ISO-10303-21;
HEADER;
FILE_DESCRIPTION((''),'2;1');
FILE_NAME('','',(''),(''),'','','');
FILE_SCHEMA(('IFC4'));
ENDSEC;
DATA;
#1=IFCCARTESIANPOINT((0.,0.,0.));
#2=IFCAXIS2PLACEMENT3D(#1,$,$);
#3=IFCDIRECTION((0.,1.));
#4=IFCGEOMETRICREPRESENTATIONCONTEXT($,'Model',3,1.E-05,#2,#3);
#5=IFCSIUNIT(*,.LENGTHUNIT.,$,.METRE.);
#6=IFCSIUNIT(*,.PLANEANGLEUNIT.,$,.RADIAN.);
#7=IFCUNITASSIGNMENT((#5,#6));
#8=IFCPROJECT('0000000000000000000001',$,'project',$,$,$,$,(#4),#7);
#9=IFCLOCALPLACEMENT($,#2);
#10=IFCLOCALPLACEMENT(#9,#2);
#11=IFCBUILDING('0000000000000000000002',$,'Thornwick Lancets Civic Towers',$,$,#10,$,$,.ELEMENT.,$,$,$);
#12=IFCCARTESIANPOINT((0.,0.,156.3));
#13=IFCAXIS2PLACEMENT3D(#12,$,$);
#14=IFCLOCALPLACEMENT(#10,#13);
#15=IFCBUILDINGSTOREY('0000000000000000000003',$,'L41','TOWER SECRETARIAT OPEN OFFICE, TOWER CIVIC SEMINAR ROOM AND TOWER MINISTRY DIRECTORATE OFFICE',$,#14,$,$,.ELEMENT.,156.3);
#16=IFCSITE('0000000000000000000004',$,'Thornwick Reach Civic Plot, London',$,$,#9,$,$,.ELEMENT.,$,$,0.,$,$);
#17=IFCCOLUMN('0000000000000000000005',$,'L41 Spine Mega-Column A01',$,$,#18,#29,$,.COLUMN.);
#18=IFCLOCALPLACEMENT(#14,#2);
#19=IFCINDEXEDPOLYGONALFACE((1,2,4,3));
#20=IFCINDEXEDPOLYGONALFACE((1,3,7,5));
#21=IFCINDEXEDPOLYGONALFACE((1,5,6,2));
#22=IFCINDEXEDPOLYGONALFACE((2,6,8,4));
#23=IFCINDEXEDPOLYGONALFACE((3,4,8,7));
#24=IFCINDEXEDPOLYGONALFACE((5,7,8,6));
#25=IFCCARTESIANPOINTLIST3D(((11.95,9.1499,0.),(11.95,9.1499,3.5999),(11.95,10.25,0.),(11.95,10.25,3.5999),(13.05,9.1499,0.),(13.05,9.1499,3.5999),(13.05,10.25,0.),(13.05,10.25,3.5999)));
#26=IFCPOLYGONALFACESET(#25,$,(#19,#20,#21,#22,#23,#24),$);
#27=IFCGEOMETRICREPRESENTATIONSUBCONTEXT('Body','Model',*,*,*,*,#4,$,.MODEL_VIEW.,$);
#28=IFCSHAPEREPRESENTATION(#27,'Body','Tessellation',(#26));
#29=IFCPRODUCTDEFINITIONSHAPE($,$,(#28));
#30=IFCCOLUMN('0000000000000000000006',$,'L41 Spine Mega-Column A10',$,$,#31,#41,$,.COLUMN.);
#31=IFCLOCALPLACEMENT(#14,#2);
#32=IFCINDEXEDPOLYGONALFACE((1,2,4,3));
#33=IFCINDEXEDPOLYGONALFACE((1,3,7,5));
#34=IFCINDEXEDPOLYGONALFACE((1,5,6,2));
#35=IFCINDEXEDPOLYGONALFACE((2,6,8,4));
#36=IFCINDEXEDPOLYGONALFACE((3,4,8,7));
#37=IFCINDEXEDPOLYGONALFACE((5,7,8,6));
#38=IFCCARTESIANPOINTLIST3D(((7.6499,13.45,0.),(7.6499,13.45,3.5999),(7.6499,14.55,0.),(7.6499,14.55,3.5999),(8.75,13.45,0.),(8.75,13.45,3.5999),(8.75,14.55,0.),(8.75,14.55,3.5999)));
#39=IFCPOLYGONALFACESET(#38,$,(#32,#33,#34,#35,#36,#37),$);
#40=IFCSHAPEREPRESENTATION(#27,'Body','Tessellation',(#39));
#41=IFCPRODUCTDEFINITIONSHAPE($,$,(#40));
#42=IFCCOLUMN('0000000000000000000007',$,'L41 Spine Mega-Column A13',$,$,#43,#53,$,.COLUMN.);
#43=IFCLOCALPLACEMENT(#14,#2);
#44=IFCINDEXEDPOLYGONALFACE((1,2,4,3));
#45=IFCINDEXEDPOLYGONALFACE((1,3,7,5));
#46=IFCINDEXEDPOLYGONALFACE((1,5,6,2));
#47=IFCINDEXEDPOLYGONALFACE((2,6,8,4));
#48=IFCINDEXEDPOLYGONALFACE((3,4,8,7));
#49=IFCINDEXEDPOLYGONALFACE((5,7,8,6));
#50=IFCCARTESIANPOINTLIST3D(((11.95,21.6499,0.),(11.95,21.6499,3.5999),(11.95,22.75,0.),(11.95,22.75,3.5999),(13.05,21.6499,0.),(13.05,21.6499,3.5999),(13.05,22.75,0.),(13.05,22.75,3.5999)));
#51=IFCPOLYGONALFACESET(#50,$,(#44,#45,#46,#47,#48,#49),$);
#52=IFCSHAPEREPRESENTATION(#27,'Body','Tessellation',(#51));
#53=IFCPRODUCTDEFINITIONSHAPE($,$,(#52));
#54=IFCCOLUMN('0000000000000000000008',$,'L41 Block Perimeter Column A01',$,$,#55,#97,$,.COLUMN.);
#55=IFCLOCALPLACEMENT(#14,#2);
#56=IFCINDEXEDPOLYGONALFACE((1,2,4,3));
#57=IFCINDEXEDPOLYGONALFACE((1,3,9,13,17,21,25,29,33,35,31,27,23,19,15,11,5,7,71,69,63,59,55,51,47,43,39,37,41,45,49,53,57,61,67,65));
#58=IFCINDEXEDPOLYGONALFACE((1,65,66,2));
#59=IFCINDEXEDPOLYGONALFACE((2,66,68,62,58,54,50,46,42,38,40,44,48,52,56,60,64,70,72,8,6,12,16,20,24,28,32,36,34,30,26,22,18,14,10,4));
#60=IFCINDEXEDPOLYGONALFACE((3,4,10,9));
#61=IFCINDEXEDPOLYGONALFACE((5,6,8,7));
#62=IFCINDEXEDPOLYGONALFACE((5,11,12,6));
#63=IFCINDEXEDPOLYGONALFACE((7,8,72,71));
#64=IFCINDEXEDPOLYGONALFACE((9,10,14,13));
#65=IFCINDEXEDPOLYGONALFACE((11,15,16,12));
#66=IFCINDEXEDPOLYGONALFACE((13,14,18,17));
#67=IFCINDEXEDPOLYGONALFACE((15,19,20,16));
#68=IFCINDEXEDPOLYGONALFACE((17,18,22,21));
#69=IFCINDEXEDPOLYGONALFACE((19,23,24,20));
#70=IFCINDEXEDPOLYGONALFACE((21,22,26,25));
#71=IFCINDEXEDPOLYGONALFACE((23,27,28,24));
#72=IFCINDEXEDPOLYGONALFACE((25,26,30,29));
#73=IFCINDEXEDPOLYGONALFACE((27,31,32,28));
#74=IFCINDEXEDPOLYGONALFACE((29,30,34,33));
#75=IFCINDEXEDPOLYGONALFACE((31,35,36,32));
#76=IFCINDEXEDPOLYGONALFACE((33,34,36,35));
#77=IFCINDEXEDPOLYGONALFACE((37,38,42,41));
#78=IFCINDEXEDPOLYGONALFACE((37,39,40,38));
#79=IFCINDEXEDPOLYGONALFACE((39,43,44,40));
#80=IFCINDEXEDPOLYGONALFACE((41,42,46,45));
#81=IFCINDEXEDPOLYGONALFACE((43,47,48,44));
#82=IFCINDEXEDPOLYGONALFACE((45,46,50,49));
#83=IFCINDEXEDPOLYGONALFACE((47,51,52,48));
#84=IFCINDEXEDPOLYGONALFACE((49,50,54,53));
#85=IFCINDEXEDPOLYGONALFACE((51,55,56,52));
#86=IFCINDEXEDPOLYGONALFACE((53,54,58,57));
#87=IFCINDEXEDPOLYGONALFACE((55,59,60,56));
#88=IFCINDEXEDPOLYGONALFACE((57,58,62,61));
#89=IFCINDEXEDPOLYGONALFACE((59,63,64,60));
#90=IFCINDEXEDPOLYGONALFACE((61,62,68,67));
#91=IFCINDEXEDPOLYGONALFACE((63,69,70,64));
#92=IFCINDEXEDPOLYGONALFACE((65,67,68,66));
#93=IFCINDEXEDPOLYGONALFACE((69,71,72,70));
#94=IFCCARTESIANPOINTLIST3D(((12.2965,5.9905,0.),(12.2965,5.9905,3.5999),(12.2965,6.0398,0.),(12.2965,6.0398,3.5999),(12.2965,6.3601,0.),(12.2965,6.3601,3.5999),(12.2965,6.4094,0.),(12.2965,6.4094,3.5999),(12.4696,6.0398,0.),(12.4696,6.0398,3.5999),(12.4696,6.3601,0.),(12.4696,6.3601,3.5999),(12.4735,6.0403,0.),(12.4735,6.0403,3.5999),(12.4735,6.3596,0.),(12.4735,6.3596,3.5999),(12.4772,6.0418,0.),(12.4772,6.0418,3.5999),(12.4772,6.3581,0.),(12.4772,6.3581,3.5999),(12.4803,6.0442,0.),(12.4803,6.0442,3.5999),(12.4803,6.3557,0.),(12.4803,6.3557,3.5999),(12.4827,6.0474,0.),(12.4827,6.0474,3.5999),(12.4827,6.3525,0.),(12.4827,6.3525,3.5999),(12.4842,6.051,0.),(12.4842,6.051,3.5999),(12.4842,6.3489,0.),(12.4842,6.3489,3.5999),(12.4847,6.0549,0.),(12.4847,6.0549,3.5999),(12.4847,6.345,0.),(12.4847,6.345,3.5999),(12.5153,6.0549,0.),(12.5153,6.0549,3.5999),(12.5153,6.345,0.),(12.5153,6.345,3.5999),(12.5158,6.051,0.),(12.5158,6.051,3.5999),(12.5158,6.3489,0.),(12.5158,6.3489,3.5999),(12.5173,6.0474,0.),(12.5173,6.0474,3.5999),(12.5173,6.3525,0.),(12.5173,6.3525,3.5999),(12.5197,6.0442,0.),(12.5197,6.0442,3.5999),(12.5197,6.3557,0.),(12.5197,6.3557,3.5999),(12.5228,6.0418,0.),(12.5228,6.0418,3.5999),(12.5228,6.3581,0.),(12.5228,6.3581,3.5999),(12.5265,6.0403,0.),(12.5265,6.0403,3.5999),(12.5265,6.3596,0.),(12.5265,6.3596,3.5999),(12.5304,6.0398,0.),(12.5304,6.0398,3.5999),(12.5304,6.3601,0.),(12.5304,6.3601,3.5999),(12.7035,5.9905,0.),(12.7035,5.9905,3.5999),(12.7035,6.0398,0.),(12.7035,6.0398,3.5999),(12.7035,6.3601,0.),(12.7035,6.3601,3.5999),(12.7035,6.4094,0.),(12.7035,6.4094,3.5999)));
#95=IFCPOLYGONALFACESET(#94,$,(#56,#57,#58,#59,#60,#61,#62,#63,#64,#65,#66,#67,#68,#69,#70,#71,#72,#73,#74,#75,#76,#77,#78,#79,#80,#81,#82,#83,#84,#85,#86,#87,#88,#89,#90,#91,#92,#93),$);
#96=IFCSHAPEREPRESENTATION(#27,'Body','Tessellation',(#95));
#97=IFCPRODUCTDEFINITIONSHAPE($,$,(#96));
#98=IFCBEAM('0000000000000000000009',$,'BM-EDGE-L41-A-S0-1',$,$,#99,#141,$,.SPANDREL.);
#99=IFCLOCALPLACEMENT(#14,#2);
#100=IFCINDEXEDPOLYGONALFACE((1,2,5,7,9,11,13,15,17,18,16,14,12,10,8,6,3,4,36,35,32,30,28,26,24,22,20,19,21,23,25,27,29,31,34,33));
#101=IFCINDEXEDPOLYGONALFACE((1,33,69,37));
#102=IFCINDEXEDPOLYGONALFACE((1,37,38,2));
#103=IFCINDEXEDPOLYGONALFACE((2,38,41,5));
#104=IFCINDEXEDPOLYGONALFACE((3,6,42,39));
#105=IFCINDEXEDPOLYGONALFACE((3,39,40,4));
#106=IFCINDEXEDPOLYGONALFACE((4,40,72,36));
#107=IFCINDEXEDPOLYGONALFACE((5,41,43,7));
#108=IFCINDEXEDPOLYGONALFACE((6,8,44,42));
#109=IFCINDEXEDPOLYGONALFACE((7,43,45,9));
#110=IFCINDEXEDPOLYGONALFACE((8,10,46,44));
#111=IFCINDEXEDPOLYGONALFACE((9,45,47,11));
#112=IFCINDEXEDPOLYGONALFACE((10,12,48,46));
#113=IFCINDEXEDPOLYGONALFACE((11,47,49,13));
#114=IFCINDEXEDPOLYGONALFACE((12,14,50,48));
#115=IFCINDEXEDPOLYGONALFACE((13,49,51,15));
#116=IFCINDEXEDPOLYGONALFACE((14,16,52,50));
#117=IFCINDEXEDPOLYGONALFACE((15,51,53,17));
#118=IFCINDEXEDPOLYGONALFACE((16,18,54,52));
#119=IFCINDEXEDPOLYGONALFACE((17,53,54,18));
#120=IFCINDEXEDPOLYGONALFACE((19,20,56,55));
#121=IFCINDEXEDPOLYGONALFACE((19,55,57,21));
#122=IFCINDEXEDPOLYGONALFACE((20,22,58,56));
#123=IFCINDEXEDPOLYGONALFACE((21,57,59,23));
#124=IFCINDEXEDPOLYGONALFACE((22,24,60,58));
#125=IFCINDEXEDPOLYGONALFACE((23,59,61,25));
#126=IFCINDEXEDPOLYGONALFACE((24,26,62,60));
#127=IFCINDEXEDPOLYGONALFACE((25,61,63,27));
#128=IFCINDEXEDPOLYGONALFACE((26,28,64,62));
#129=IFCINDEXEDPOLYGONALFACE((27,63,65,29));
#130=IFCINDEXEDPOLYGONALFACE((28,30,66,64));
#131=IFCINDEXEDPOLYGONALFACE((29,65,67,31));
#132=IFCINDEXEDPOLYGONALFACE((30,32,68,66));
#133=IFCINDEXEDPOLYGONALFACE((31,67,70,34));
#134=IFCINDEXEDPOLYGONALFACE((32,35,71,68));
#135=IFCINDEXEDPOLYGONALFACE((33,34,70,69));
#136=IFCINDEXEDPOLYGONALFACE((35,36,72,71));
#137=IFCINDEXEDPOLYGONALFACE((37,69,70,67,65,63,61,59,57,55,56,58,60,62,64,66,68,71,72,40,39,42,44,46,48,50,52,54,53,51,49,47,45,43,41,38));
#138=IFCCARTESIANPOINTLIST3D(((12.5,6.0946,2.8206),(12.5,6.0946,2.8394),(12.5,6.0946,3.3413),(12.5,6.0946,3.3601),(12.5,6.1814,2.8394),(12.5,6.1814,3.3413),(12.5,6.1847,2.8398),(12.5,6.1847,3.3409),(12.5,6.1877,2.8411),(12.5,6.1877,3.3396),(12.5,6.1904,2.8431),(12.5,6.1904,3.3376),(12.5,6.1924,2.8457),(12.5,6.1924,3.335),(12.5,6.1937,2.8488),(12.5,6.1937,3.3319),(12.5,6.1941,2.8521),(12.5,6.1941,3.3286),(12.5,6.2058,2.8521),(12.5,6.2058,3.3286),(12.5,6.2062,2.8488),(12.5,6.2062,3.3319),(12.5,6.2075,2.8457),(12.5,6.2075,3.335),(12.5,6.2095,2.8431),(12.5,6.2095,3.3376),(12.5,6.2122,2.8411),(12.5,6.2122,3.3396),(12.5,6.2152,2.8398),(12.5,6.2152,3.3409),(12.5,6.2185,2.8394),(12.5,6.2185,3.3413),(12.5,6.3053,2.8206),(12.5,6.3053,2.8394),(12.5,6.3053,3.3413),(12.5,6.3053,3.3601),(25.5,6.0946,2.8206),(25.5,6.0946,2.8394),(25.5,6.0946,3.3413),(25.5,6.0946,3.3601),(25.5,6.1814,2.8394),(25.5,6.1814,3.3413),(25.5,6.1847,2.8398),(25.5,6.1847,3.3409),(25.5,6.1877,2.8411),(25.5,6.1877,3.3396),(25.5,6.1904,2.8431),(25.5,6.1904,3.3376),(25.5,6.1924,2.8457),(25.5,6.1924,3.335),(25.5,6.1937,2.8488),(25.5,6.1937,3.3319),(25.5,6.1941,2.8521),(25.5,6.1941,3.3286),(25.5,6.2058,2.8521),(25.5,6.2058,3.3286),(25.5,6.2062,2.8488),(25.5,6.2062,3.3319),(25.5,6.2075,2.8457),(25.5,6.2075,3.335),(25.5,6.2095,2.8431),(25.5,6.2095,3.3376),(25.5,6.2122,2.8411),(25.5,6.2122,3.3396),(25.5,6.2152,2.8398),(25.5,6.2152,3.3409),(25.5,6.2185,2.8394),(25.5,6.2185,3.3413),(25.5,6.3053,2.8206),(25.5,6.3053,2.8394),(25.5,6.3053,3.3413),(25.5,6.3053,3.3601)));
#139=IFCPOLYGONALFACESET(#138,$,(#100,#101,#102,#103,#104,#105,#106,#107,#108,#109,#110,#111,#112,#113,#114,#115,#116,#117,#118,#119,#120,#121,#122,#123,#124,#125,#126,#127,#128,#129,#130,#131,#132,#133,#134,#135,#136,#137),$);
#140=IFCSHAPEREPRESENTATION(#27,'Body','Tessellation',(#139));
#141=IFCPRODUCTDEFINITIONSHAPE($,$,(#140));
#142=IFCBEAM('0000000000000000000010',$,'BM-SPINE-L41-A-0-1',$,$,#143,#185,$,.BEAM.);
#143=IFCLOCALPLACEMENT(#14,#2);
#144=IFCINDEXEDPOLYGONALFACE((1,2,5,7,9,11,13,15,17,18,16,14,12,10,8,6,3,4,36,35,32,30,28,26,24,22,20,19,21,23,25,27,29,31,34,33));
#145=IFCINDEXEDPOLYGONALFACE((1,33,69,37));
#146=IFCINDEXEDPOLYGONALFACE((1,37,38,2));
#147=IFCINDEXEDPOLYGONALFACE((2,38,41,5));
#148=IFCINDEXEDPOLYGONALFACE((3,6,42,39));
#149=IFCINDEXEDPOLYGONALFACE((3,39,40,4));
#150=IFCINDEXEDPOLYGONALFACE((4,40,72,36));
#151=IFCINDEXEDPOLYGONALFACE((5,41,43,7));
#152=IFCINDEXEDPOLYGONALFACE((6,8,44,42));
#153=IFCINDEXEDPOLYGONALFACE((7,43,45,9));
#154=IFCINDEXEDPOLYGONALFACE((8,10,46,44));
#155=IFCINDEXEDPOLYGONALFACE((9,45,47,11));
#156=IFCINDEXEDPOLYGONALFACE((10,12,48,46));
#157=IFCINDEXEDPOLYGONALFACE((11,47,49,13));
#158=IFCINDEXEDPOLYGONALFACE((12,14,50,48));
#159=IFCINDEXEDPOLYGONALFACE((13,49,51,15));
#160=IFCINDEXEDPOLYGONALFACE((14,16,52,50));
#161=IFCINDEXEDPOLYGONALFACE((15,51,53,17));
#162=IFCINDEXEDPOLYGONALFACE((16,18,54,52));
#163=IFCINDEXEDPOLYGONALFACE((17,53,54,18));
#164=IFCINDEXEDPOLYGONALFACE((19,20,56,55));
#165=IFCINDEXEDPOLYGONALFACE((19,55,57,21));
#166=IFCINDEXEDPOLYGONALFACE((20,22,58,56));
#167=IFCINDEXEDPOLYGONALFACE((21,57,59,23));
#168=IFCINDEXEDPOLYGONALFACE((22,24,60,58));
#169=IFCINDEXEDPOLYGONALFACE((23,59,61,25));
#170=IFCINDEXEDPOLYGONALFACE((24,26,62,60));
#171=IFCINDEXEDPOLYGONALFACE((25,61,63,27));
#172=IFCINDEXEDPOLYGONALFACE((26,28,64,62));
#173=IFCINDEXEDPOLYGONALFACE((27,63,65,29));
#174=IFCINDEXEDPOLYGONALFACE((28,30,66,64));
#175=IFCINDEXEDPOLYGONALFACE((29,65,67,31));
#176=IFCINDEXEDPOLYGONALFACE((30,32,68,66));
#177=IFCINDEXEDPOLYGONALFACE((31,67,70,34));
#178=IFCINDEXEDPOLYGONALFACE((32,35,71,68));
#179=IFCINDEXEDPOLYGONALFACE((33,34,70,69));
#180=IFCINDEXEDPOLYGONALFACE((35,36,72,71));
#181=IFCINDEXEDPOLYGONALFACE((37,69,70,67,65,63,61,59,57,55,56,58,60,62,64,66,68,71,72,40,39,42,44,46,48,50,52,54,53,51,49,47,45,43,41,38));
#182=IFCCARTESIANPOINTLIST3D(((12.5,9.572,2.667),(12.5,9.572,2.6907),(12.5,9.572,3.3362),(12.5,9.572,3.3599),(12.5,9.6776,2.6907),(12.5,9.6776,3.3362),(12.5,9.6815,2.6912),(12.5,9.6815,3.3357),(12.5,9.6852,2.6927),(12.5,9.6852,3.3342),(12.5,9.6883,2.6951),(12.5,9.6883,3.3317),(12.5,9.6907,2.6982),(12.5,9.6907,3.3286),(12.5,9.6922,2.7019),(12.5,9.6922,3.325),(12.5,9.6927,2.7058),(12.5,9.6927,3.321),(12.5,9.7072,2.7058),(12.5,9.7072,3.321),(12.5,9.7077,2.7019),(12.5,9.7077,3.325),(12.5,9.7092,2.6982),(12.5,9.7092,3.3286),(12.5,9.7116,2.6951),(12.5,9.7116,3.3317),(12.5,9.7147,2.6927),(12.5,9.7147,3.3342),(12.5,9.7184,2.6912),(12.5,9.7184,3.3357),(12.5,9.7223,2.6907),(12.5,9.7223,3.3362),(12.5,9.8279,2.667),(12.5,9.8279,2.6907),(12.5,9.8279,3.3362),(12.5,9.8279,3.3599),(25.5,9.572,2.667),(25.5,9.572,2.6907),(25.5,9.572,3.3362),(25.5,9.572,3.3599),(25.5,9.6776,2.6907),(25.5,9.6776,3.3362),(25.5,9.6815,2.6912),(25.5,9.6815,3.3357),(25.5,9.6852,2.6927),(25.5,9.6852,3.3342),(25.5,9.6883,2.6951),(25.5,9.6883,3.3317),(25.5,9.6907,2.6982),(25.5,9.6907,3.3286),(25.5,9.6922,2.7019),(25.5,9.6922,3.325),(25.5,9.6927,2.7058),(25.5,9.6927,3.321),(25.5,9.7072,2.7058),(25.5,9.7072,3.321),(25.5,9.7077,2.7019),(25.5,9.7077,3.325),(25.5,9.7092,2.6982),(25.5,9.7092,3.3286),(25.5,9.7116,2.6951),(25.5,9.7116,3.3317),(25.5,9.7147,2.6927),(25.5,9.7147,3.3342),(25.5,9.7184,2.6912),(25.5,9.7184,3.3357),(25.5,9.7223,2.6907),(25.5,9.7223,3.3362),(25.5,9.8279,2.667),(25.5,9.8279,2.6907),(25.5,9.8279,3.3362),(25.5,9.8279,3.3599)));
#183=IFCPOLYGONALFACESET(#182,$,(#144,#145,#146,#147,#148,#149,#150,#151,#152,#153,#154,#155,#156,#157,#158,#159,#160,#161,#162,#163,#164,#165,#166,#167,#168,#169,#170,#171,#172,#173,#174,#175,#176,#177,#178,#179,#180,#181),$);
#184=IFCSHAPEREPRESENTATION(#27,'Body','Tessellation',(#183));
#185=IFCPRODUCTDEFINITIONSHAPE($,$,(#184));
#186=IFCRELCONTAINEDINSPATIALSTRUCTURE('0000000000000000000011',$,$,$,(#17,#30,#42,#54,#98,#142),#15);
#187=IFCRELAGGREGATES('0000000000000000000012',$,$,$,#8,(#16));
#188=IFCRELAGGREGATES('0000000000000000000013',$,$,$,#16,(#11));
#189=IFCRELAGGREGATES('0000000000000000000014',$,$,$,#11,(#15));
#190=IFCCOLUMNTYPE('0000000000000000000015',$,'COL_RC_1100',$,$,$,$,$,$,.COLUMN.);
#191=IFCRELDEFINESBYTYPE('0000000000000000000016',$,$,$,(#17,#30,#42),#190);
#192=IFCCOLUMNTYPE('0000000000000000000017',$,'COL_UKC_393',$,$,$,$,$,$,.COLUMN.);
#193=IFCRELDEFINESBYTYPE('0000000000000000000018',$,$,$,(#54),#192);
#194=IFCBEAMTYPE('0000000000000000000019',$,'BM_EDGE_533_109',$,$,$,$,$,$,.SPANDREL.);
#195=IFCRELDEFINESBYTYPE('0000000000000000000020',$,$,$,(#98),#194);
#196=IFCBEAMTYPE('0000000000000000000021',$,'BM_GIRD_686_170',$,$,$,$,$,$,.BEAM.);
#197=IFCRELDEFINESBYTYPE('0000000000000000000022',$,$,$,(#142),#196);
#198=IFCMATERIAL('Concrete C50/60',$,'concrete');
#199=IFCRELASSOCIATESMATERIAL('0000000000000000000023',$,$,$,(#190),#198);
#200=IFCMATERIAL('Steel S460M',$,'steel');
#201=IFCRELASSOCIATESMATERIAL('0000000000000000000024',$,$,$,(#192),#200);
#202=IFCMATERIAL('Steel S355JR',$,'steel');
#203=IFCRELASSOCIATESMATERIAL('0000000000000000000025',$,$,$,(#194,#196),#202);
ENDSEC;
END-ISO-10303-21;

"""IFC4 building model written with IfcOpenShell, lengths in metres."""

from ifc_helpers import new_model, si_unit, direction, frame, origin, origin_2d, place, context, subcontext, project, spatial, rectangle, i_section, extrude, material, material_profile, profile_set, type_object, element, save


model = new_model("IFC4")

# Units and contexts
model_context = context("Model", 3, precision=1e-05, world=origin(), true_north=direction((0.0, 1.0)))
body_context = subcontext(model_context, "Body", "Model", "MODEL_VIEW")
ifc_project = project(units=[si_unit("LENGTHUNIT", "METRE"), si_unit("PLANEANGLEUNIT", "RADIAN")], contexts=[model_context])

# Site, building, storey
site_placement = place(None, origin())
site = spatial("IfcSite", under=ifc_project, at=site_placement, Name="Thornwick Reach Civic Plot, London", CompositionType="ELEMENT", RefElevation=0.0)
building_placement = place(site_placement, origin())
building = spatial("IfcBuilding", under=site, at=building_placement, Name="Thornwick Lancets Civic Towers", CompositionType="ELEMENT")
storey_placement = place(building_placement, frame((0.0, 0.0, 156.3)))
storey = spatial("IfcBuildingStorey", under=building, at=storey_placement, Name="L41", Description="TOWER SECRETARIAT OPEN OFFICE, TOWER CIVIC SEMINAR ROOM AND TOWER MINISTRY DIRECTORATE OFFICE", CompositionType="ELEMENT", Elevation=156.3)

# Columns
ifc_material_1 = material(Name="Concrete C50/60", Category="concrete")
ifc_material_profile_1 = material_profile(ifc_material_1, rectangle(XDim=1.1001, YDim=1.1001, at=origin_2d()), Name="RC 1100x1100")
ifc_profile_set_1 = profile_set([ifc_material_profile_1], Name="Concrete C50/60")
column_type_1 = type_object("IfcColumnType", Name="COL_RC_1100", PredefinedType="COLUMN", material=ifc_profile_set_1)
for number, where, z_axis, x_axis, name in (
    (1, (12.5, 9.7, 0.0), (0.0, 0.0, 1.0), (1.0, 0.0, 0.0), "L41 Spine Mega-Column A01"),
    (2, (8.2, 14.0, 0.0), (0.0, 0.0, 1.0), (1.0, 0.0, 0.0), "L41 Spine Mega-Column A10"),
    (3, (12.5, 22.2, 0.0), (0.0, 0.0, 1.0), (1.0, 0.0, 0.0), "L41 Spine Mega-Column A13"),
):
    element("IfcColumn", number, at=place(storey_placement, frame(where, z_axis=z_axis, x_axis=x_axis)), inside=storey, type_object=column_type_1, Name=name, PredefinedType="COLUMN", context=body_context, shape_type="SweptSolid", body=[
        extrude(rectangle(XDim=1.1001, YDim=1.1001, at=origin_2d()), origin(), (0.0, 0.0, 1.0), 3.5999),
    ])
ifc_material_2 = material(Name="Steel S460M", Category="steel")
ifc_material_profile_2 = material_profile(ifc_material_2, i_section(OverallWidth=0.407, OverallDepth=0.4189, WebThickness=0.0305, FlangeThickness=0.0493, FilletRadius=0.0151, at=origin_2d()), Name="UKC 356x406x393")
ifc_profile_set_2 = profile_set([ifc_material_profile_2], Name="Steel S460M")
column_type_2 = type_object("IfcColumnType", Name="COL_UKC_393", PredefinedType="COLUMN", material=ifc_profile_set_2)
column_placement = place(storey_placement, frame((12.5, 6.2, 0.0), z_axis=(0.0, 0.0, 1.0), x_axis=(1.0, 0.0, 0.0)))
element("IfcColumn", 4, at=column_placement, inside=storey, type_object=column_type_2, Name="L41 Block Perimeter Column A01", PredefinedType="COLUMN", context=body_context, shape_type="SweptSolid", body=[
    extrude(i_section(OverallWidth=0.407, OverallDepth=0.4189, WebThickness=0.0305, FlangeThickness=0.0493, FilletRadius=0.0151, at=origin_2d()), origin(), (0.0, 0.0, 1.0), 3.5999),
])

# Beams
ifc_material_3 = material(Name="Steel S355JR", Category="steel")
ifc_material_profile_3 = material_profile(ifc_material_3, i_section(OverallWidth=0.2107, OverallDepth=0.5396, WebThickness=0.0117, FlangeThickness=0.0188, FilletRadius=0.0127, at=origin_2d()), Name="UKB 533x210x109")
ifc_profile_set_3 = profile_set([ifc_material_profile_3], Name="Steel S355JR")
beam_type_1 = type_object("IfcBeamType", Name="BM_EDGE_533_109", PredefinedType="SPANDREL", material=ifc_profile_set_3)
beam_1_placement = place(storey_placement, frame((12.5, 6.2, 3.0903), z_axis=(1.0, 0.0, 0.0), x_axis=(0.0, 1.0, 0.0)))
element("IfcBeam", 5, at=beam_1_placement, inside=storey, type_object=beam_type_1, Name="BM-EDGE-L41-A-S0-1", PredefinedType="SPANDREL", context=body_context, shape_type="SweptSolid", body=[
    extrude(i_section(OverallWidth=0.2107, OverallDepth=0.5396, WebThickness=0.0117, FlangeThickness=0.0188, FilletRadius=0.0127, at=origin_2d()), origin(), (0.0, 0.0, 1.0), 13.0),
])
ifc_material_profile_4 = material_profile(ifc_material_3, i_section(OverallWidth=0.2559, OverallDepth=0.6929, WebThickness=0.0144, FlangeThickness=0.0237, FilletRadius=0.0151, at=origin_2d()), Name="UKB 686x254x170")
ifc_profile_set_4 = profile_set([ifc_material_profile_4], Name="Steel S355JR")
beam_type_2 = type_object("IfcBeamType", Name="BM_GIRD_686_170", PredefinedType="BEAM", material=ifc_profile_set_4)
for number, where, z_axis, x_axis, name in (
    (6, (12.5, 9.7, 3.0134), (1.0, 0.0, 0.0), (0.0, 1.0, 0.0), "BM-SPINE-L41-A-0-1"),
):
    element("IfcBeam", number, at=place(storey_placement, frame(where, z_axis=z_axis, x_axis=x_axis)), inside=storey, type_object=beam_type_2, Name=name, PredefinedType="BEAM", context=body_context, shape_type="SweptSolid", body=[
        extrude(i_section(OverallWidth=0.2559, OverallDepth=0.6929, WebThickness=0.0144, FlangeThickness=0.0237, FilletRadius=0.0151, at=origin_2d()), origin(), (0.0, 0.0, 1.0), 13.0),
    ])

save(model, "model.ifc")
